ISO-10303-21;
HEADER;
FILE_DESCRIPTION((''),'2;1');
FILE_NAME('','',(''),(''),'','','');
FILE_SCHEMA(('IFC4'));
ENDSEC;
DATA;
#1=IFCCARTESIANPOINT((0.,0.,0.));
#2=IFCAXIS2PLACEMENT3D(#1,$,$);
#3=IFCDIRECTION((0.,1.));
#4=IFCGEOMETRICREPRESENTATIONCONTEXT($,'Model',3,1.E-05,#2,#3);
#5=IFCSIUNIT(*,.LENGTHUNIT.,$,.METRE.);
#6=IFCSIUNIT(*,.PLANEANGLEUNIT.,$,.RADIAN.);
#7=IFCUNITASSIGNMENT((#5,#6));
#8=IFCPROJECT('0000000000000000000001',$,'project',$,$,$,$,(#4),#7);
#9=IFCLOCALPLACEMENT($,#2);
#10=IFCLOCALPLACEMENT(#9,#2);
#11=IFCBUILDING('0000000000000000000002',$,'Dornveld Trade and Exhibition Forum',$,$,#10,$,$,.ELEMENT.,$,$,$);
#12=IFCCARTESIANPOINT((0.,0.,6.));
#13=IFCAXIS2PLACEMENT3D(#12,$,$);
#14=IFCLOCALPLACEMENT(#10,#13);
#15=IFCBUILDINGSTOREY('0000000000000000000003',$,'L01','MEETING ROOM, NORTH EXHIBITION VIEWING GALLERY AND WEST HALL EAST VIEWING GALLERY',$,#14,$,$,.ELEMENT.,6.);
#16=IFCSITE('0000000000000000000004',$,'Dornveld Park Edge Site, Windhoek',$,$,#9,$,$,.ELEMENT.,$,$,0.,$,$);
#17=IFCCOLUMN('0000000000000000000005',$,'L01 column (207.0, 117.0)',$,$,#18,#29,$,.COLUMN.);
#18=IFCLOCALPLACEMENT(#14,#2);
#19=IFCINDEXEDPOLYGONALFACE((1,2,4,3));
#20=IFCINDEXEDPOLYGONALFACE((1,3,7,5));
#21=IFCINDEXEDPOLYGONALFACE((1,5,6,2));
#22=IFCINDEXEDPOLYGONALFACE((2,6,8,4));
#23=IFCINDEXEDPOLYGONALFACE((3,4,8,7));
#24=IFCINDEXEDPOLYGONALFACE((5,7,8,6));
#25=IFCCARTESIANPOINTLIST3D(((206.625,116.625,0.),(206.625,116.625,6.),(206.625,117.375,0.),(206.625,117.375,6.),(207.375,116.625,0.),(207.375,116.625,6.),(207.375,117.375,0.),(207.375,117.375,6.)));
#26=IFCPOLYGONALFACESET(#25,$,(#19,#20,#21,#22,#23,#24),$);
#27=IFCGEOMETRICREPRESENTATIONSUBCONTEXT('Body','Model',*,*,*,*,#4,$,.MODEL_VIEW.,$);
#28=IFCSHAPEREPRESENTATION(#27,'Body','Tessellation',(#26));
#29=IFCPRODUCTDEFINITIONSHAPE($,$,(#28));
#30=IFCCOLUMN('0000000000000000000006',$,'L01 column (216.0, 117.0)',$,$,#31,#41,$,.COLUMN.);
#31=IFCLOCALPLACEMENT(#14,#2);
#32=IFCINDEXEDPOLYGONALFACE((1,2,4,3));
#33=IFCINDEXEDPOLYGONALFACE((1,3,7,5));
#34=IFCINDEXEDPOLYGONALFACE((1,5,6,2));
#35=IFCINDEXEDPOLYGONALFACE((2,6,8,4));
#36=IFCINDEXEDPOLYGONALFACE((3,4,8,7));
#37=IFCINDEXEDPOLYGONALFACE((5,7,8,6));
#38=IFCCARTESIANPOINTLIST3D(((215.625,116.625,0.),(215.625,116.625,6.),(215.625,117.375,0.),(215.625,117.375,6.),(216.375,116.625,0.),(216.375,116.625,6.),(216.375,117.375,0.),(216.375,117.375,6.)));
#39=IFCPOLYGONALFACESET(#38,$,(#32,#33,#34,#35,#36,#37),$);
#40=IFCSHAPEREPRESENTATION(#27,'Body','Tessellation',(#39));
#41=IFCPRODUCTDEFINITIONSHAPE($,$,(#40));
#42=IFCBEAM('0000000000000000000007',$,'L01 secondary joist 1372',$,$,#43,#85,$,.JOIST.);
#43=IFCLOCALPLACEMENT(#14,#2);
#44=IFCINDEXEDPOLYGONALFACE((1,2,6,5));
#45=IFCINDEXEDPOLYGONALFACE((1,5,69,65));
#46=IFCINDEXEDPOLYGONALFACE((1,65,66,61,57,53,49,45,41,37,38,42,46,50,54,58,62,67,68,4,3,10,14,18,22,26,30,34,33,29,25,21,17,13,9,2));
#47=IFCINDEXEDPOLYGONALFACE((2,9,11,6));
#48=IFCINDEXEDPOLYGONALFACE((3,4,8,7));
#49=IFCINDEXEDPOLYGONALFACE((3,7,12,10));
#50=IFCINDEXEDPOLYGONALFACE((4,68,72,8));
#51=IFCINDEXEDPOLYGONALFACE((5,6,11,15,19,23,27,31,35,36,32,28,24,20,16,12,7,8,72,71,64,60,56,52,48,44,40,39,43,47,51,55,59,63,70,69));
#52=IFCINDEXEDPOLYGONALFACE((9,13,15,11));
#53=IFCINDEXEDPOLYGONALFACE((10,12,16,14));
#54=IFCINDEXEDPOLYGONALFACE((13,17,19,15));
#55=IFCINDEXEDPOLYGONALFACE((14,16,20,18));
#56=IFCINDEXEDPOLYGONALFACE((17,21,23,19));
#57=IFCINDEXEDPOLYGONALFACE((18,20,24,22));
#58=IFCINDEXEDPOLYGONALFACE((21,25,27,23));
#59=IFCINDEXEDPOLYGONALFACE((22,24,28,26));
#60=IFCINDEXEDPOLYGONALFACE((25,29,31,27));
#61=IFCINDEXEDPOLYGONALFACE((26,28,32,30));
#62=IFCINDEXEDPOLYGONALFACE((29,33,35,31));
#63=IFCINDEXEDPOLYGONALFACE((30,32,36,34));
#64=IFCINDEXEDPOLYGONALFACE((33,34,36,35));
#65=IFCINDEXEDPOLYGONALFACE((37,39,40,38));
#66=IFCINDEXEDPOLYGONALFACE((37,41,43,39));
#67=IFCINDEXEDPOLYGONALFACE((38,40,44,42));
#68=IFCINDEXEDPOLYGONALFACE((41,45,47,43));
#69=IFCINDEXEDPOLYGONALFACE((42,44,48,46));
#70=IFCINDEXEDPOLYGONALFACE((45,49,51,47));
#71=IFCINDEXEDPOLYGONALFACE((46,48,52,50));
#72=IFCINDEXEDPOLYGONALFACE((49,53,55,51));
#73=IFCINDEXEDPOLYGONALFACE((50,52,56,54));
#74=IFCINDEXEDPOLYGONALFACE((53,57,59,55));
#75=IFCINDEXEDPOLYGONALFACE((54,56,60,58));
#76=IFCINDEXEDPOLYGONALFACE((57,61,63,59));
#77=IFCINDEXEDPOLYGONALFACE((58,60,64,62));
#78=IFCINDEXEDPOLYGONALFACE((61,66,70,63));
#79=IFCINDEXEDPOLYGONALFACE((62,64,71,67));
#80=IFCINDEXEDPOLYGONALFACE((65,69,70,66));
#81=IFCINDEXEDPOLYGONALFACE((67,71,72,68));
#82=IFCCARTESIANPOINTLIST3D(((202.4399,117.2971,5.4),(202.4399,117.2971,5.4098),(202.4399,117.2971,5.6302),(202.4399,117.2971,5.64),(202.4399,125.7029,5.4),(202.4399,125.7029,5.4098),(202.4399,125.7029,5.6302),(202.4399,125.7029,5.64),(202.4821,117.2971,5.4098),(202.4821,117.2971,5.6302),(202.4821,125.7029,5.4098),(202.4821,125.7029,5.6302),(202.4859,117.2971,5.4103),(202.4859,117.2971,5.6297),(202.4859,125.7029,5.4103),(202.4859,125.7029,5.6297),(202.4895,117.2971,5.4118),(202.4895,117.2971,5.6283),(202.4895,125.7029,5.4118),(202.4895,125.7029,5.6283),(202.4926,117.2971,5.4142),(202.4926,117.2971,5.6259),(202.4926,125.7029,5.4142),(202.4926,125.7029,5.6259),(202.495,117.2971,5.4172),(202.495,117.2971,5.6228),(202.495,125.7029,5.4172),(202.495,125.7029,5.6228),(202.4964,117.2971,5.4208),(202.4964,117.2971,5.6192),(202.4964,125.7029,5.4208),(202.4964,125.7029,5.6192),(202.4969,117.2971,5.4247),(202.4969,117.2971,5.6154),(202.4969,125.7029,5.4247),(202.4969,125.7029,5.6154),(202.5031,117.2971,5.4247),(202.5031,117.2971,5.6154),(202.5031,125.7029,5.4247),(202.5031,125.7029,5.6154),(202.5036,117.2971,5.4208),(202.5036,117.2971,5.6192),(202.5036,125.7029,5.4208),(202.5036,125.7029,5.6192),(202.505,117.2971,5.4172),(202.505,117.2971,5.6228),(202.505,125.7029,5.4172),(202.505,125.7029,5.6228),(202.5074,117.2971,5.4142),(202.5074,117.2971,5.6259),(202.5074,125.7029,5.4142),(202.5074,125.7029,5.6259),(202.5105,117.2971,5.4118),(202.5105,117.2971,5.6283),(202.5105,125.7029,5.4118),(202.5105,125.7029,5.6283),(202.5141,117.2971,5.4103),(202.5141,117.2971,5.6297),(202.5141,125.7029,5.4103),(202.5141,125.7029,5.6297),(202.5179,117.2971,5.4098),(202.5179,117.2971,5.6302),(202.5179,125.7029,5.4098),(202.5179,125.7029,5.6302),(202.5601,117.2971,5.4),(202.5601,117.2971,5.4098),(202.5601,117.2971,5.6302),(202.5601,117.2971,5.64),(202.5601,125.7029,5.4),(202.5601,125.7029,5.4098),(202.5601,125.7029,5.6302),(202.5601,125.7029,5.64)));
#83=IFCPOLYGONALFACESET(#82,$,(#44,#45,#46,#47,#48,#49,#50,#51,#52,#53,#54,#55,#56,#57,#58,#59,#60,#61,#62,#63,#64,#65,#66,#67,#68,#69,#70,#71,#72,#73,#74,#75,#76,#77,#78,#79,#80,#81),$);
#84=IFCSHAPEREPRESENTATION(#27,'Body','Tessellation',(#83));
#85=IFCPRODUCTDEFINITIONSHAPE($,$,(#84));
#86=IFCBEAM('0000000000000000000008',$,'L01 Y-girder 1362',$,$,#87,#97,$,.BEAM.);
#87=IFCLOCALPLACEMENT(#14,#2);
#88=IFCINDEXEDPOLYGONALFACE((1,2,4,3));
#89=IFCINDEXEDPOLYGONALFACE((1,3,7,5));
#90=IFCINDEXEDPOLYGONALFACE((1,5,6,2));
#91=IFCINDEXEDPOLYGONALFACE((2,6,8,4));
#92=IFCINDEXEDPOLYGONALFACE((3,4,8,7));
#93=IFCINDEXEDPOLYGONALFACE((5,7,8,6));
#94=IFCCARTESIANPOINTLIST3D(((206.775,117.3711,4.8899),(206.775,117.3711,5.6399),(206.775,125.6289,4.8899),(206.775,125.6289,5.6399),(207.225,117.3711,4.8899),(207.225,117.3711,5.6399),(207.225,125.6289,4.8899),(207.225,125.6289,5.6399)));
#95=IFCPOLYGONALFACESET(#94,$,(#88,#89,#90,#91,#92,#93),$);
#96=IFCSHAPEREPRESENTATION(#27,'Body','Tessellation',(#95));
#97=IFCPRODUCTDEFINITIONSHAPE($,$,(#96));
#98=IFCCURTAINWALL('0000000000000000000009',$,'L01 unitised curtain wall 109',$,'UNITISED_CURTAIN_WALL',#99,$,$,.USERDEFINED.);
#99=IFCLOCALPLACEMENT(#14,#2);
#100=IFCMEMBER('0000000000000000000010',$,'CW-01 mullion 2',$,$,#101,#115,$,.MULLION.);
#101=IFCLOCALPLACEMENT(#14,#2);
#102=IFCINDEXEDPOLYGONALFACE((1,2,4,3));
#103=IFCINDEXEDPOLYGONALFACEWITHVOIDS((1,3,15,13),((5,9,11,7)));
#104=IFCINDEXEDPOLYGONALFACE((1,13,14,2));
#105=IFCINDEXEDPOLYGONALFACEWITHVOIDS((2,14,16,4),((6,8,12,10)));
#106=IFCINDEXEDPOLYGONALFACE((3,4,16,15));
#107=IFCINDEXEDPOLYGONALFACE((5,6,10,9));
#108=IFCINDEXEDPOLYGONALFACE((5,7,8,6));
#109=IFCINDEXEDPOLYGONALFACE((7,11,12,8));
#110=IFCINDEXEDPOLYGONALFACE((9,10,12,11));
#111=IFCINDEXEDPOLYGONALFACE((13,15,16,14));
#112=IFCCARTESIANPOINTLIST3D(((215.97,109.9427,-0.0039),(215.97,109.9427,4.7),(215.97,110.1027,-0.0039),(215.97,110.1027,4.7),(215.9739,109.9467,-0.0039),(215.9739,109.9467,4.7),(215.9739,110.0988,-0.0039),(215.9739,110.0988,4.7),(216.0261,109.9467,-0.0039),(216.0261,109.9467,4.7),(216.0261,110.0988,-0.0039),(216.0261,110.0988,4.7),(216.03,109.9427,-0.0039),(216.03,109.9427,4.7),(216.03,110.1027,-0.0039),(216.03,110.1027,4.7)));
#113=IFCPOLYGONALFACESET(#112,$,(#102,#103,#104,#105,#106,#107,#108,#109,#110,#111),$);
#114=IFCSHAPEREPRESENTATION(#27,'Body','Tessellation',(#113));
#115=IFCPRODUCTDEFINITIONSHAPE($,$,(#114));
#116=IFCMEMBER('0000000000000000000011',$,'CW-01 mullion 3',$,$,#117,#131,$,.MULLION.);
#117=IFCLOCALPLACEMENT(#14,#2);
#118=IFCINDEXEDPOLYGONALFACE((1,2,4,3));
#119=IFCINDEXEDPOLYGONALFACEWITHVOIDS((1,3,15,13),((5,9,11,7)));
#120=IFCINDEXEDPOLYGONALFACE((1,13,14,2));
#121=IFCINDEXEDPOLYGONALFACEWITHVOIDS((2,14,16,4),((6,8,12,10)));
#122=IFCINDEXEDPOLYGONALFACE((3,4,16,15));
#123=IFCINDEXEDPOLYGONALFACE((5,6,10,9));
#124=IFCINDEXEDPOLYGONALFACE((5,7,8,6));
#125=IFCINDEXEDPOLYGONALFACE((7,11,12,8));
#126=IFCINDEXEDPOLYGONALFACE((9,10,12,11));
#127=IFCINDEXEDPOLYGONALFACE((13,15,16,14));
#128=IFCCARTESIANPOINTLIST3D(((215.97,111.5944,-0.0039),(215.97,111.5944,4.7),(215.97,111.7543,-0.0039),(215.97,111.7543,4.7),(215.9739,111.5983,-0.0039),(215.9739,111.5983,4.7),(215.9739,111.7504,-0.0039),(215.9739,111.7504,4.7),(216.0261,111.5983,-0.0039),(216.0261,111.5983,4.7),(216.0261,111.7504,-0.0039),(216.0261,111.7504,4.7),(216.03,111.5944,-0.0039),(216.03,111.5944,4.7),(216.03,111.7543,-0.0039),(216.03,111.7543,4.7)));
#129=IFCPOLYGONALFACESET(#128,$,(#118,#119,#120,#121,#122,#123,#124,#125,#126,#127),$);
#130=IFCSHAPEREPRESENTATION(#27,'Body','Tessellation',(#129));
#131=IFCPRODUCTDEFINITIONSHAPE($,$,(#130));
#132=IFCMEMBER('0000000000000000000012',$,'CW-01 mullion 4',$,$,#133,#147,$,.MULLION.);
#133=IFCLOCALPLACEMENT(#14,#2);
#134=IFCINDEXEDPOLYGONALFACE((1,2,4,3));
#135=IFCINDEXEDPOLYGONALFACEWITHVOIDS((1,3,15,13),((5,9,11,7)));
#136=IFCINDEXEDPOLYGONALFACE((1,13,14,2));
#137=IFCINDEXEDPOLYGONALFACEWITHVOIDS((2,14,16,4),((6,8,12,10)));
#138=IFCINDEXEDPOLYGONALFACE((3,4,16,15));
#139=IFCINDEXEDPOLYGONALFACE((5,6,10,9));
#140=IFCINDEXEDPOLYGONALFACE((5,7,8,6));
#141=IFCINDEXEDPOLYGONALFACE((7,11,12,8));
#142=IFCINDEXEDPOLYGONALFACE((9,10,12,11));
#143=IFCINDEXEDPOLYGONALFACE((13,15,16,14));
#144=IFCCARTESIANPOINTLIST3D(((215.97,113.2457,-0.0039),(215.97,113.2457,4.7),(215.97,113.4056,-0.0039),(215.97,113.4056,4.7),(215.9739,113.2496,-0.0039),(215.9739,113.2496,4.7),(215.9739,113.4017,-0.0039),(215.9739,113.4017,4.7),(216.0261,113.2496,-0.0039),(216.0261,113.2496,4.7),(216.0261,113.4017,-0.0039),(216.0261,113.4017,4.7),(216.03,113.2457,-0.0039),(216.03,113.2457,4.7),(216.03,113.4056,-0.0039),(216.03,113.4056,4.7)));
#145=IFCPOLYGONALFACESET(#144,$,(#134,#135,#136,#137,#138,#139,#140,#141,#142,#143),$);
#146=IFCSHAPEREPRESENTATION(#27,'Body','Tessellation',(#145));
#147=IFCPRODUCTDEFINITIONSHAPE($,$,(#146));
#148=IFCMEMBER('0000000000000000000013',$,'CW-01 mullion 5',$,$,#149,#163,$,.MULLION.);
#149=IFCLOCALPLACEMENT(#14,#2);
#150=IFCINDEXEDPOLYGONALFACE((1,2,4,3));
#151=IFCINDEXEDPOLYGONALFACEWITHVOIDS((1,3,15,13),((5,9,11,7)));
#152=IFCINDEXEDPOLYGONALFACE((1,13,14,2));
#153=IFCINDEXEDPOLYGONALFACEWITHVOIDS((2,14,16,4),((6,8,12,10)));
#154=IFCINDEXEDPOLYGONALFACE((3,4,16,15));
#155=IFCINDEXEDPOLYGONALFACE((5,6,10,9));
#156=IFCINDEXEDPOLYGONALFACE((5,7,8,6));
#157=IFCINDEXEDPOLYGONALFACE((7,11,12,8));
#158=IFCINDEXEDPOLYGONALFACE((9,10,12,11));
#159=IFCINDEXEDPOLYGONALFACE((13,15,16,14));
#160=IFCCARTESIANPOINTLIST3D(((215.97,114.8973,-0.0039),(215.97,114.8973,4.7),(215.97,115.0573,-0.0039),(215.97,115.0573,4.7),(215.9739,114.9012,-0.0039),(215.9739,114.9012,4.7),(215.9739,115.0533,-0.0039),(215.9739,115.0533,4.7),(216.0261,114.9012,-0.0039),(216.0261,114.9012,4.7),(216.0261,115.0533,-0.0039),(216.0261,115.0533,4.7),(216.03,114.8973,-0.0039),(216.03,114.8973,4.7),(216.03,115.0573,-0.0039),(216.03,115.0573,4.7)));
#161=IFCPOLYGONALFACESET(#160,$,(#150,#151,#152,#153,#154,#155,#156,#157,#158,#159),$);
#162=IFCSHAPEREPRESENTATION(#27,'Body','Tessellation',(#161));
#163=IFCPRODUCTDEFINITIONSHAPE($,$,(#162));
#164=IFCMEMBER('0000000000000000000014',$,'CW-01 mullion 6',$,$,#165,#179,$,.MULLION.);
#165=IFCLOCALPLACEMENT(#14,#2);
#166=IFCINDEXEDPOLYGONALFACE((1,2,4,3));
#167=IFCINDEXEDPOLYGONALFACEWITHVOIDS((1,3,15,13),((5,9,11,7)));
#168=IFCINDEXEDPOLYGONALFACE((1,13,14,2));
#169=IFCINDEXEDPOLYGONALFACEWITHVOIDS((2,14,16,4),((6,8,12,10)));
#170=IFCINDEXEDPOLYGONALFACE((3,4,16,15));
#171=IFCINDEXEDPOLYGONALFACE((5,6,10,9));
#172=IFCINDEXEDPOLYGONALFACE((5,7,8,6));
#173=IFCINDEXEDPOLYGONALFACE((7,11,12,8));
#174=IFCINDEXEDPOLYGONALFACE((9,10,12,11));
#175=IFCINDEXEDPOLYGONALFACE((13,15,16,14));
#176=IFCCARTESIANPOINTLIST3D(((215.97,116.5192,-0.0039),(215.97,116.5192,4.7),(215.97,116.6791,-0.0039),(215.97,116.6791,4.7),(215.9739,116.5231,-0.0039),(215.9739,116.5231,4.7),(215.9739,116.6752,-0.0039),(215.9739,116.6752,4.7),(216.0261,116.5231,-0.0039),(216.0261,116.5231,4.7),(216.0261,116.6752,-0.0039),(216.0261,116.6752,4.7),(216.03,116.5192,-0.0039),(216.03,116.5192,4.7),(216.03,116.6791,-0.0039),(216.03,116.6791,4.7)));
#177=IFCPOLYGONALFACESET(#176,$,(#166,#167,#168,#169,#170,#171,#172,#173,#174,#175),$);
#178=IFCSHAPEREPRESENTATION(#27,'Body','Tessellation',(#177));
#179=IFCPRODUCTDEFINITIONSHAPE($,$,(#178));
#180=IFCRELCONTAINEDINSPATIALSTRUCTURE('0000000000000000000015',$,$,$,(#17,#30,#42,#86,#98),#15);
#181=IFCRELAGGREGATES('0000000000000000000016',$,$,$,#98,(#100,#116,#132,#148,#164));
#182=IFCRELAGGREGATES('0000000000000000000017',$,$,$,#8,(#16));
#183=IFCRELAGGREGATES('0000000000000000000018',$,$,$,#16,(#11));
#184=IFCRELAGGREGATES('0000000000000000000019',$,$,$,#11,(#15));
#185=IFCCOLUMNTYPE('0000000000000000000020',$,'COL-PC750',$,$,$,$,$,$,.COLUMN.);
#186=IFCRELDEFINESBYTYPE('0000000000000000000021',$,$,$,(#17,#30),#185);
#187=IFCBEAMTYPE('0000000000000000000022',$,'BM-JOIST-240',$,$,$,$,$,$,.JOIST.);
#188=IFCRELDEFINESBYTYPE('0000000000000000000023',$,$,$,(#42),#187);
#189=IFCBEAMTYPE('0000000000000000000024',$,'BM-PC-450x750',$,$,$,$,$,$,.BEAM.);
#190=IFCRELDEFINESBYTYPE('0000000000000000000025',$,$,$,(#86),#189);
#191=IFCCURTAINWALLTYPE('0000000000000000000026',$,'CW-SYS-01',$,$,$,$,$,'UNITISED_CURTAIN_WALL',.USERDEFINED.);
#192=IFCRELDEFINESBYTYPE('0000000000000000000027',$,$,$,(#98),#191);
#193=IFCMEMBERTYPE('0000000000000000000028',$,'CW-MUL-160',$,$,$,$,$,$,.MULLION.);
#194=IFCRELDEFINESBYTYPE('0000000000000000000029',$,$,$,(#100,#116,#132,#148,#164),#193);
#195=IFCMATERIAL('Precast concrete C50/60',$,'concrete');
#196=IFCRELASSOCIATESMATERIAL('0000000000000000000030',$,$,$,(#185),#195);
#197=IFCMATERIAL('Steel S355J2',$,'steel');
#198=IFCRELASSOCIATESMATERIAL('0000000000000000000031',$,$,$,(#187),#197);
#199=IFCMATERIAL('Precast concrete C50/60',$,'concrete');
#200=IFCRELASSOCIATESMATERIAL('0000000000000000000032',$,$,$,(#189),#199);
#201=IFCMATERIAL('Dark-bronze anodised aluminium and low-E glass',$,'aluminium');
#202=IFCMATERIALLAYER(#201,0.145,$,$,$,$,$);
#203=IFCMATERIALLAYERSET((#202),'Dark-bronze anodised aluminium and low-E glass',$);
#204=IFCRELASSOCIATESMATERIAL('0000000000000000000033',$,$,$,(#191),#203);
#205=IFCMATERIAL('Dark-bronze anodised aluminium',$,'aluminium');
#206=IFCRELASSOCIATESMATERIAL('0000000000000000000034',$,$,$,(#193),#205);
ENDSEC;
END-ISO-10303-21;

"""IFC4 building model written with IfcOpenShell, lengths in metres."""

from ifc_helpers import new_model, si_unit, direction, frame, origin, origin_2d, place, context, subcontext, project, spatial, rectangle, hollow_rectangle, i_section, extrude, material, layer, layer_set, material_profile, profile_set, type_object, element, aggregate, save


model = new_model("IFC4")

# Units and contexts
model_context = context("Model", 3, precision=1e-05, world=origin(), true_north=direction((0.0, 1.0)))
body_context = subcontext(model_context, "Body", "Model", "MODEL_VIEW")
ifc_project = project(units=[si_unit("LENGTHUNIT", "METRE"), si_unit("PLANEANGLEUNIT", "RADIAN")], contexts=[model_context])

# Site, building, storey
site_placement = place(None, origin())
site = spatial("IfcSite", under=ifc_project, at=site_placement, Name="Dornveld Park Edge Site, Windhoek", CompositionType="ELEMENT", RefElevation=0.0)
building_placement = place(site_placement, origin())
building = spatial("IfcBuilding", under=site, at=building_placement, Name="Dornveld Trade and Exhibition Forum", CompositionType="ELEMENT")
storey_placement = place(building_placement, frame((0.0, 0.0, 6.0)))
storey = spatial("IfcBuildingStorey", under=building, at=storey_placement, Name="L01", Description="MEETING ROOM, NORTH EXHIBITION VIEWING GALLERY AND WEST HALL EAST VIEWING GALLERY", CompositionType="ELEMENT", Elevation=6.0)

# Columns
ifc_material_1 = material(Name="Precast concrete C50/60", Category="concrete")
ifc_material_profile_1 = material_profile(ifc_material_1, rectangle(XDim=0.75, YDim=0.75, at=origin_2d()), Name="PC-COL 750x750")
ifc_profile_set_1 = profile_set([ifc_material_profile_1], Name="Precast concrete C50/60")
column_type = type_object("IfcColumnType", Name="COL-PC750", PredefinedType="COLUMN", material=ifc_profile_set_1)
for number, where, z_axis, x_axis, name in (
    (1, (207.0, 117.0, 0.0), (0.0, 0.0, 1.0), (1.0, 0.0, 0.0), "L01 column (207.0, 117.0)"),
    (2, (216.0, 117.0, 0.0), (0.0, 0.0, 1.0), (1.0, 0.0, 0.0), "L01 column (216.0, 117.0)"),
):
    element("IfcColumn", number, at=place(storey_placement, frame(where, z_axis=z_axis, x_axis=x_axis)), inside=storey, type_object=column_type, Name=name, PredefinedType="COLUMN", context=body_context, shape_type="SweptSolid", body=[
        extrude(rectangle(XDim=0.75, YDim=0.75, at=origin_2d()), origin(), (0.0, 0.0, 1.0), 6.0),
    ])

# Beams
ifc_material_2 = material(Name="Steel S355J2", Category="steel")
ifc_material_profile_2 = material_profile(ifc_material_2, i_section(OverallWidth=0.1201, OverallDepth=0.24, WebThickness=0.0061, FlangeThickness=0.0098, FilletRadius=0.0149, at=origin_2d()), Name="IPE 240")
ifc_profile_set_2 = profile_set([ifc_material_profile_2], Name="Steel S355J2")
beam_type_1 = type_object("IfcBeamType", Name="BM-JOIST-240", PredefinedType="JOIST", material=ifc_profile_set_2)
beam_1_placement = place(storey_placement, frame((202.5, 117.2971, 5.52), z_axis=(0.0, 1.0, 0.0), x_axis=(-1.0, 0.0, 0.0)))
element("IfcBeam", 3, at=beam_1_placement, inside=storey, type_object=beam_type_1, Name="L01 secondary joist 1372", PredefinedType="JOIST", context=body_context, shape_type="SweptSolid", body=[
    extrude(i_section(OverallWidth=0.1201, OverallDepth=0.24, WebThickness=0.0061, FlangeThickness=0.0098, FilletRadius=0.0149, at=origin_2d()), origin(), (0.0, 0.0, 1.0), 8.4058),
])
ifc_material_3 = material(Name="Precast concrete C50/60", Category="concrete")
ifc_material_profile_3 = material_profile(ifc_material_3, rectangle(XDim=0.45, YDim=0.75, at=origin_2d()), Name="PC-BM 450x750")
ifc_profile_set_3 = profile_set([ifc_material_profile_3], Name="Precast concrete C50/60")
beam_type_2 = type_object("IfcBeamType", Name="BM-PC-450x750", PredefinedType="BEAM", material=ifc_profile_set_3)
beam_2_placement = place(storey_placement, frame((207.0, 117.3711, 5.2649), z_axis=(0.0, 1.0, 0.0), x_axis=(-1.0, 0.0, 0.0)))
element("IfcBeam", 4, at=beam_2_placement, inside=storey, type_object=beam_type_2, Name="L01 Y-girder 1362", PredefinedType="BEAM", context=body_context, shape_type="SweptSolid", body=[
    extrude(rectangle(XDim=0.45, YDim=0.75, at=origin_2d()), origin(), (0.0, 0.0, 1.0), 8.2578),
])

# Curtain wall, members
ifc_material_4 = material(Name="Dark-bronze anodised aluminium and low-E glass", Category="aluminium")
ifc_layer_1 = layer(ifc_material_4, 0.145)
ifc_layer_set_1 = layer_set([ifc_layer_1], Name="Dark-bronze anodised aluminium and low-E glass")
curtain_wall_type = type_object("IfcCurtainWallType", Name="CW-SYS-01", ElementType="UNITISED_CURTAIN_WALL", PredefinedType="USERDEFINED", material=ifc_layer_set_1)
curtain_wall_placement = place(storey_placement, origin())
curtain_wall = element("IfcCurtainWall", 5, at=curtain_wall_placement, inside=storey, type_object=curtain_wall_type, Name="L01 unitised curtain wall 109", ObjectType="UNITISED_CURTAIN_WALL", PredefinedType="USERDEFINED")
ifc_material_5 = material(Name="Dark-bronze anodised aluminium", Category="aluminium")
ifc_material_profile_4 = material_profile(ifc_material_5, hollow_rectangle(XDim=0.0601, YDim=0.1599, WallThickness=0.0039, at=origin_2d()), Name="RHS 160x60x4")
ifc_profile_set_4 = profile_set([ifc_material_profile_4], Name="Dark-bronze anodised aluminium")
member_type_1 = type_object("IfcMemberType", Name="CW-MUL-160", PredefinedType="MULLION", material=ifc_profile_set_4)
member_1_placement = place(storey_placement, frame((216.0, 110.0227, -0.0039), z_axis=(0.0, 0.0, 1.0), x_axis=(-1.0, 0.0, 0.0)))
member_1 = element("IfcMember", 6, at=member_1_placement, type_object=member_type_1, Name="CW-01 mullion 2", PredefinedType="MULLION", context=body_context, shape_type="SweptSolid", body=[
    extrude(hollow_rectangle(XDim=0.0601, YDim=0.1599, WallThickness=0.0039, at=origin_2d()), origin(), (0.0, 0.0, 1.0), 4.7039),
])
member_2_placement = place(storey_placement, frame((216.0, 111.6743, -0.0039), z_axis=(0.0, 0.0, 1.0), x_axis=(-1.0, 0.0, 0.0)))
member_2 = element("IfcMember", 7, at=member_2_placement, type_object=member_type_1, Name="CW-01 mullion 3", PredefinedType="MULLION", context=body_context, shape_type="SweptSolid", body=[
    extrude(hollow_rectangle(XDim=0.0601, YDim=0.1599, WallThickness=0.0039, at=origin_2d()), origin(), (0.0, 0.0, 1.0), 4.7039),
])
member_3_placement = place(storey_placement, frame((216.0, 113.3257, -0.0039), z_axis=(0.0, 0.0, 1.0), x_axis=(-1.0, 0.0, 0.0)))
member_3 = element("IfcMember", 8, at=member_3_placement, type_object=member_type_1, Name="CW-01 mullion 4", PredefinedType="MULLION", context=body_context, shape_type="SweptSolid", body=[
    extrude(hollow_rectangle(XDim=0.0601, YDim=0.1599, WallThickness=0.0039, at=origin_2d()), origin(), (0.0, 0.0, 1.0), 4.7039),
])
member_4_placement = place(storey_placement, frame((216.0, 114.9773, -0.0039), z_axis=(0.0, 0.0, 1.0), x_axis=(-1.0, 0.0, 0.0)))
member_4 = element("IfcMember", 9, at=member_4_placement, type_object=member_type_1, Name="CW-01 mullion 5", PredefinedType="MULLION", context=body_context, shape_type="SweptSolid", body=[
    extrude(hollow_rectangle(XDim=0.0601, YDim=0.1599, WallThickness=0.0039, at=origin_2d()), origin(), (0.0, 0.0, 1.0), 4.7039),
])
member_5_placement = place(storey_placement, frame((216.0, 116.5991, -0.0039), z_axis=(0.0, 0.0, 1.0), x_axis=(-1.0, 0.0, 0.0)))
member_5 = element("IfcMember", 10, at=member_5_placement, type_object=member_type_1, Name="CW-01 mullion 6", PredefinedType="MULLION", context=body_context, shape_type="SweptSolid", body=[
    extrude(hollow_rectangle(XDim=0.0601, YDim=0.1599, WallThickness=0.0039, at=origin_2d()), origin(), (0.0, 0.0, 1.0), 4.7039),
])
aggregate(curtain_wall, [member_1, member_2, member_3, member_4, member_5])

save(model, "model.ifc")
